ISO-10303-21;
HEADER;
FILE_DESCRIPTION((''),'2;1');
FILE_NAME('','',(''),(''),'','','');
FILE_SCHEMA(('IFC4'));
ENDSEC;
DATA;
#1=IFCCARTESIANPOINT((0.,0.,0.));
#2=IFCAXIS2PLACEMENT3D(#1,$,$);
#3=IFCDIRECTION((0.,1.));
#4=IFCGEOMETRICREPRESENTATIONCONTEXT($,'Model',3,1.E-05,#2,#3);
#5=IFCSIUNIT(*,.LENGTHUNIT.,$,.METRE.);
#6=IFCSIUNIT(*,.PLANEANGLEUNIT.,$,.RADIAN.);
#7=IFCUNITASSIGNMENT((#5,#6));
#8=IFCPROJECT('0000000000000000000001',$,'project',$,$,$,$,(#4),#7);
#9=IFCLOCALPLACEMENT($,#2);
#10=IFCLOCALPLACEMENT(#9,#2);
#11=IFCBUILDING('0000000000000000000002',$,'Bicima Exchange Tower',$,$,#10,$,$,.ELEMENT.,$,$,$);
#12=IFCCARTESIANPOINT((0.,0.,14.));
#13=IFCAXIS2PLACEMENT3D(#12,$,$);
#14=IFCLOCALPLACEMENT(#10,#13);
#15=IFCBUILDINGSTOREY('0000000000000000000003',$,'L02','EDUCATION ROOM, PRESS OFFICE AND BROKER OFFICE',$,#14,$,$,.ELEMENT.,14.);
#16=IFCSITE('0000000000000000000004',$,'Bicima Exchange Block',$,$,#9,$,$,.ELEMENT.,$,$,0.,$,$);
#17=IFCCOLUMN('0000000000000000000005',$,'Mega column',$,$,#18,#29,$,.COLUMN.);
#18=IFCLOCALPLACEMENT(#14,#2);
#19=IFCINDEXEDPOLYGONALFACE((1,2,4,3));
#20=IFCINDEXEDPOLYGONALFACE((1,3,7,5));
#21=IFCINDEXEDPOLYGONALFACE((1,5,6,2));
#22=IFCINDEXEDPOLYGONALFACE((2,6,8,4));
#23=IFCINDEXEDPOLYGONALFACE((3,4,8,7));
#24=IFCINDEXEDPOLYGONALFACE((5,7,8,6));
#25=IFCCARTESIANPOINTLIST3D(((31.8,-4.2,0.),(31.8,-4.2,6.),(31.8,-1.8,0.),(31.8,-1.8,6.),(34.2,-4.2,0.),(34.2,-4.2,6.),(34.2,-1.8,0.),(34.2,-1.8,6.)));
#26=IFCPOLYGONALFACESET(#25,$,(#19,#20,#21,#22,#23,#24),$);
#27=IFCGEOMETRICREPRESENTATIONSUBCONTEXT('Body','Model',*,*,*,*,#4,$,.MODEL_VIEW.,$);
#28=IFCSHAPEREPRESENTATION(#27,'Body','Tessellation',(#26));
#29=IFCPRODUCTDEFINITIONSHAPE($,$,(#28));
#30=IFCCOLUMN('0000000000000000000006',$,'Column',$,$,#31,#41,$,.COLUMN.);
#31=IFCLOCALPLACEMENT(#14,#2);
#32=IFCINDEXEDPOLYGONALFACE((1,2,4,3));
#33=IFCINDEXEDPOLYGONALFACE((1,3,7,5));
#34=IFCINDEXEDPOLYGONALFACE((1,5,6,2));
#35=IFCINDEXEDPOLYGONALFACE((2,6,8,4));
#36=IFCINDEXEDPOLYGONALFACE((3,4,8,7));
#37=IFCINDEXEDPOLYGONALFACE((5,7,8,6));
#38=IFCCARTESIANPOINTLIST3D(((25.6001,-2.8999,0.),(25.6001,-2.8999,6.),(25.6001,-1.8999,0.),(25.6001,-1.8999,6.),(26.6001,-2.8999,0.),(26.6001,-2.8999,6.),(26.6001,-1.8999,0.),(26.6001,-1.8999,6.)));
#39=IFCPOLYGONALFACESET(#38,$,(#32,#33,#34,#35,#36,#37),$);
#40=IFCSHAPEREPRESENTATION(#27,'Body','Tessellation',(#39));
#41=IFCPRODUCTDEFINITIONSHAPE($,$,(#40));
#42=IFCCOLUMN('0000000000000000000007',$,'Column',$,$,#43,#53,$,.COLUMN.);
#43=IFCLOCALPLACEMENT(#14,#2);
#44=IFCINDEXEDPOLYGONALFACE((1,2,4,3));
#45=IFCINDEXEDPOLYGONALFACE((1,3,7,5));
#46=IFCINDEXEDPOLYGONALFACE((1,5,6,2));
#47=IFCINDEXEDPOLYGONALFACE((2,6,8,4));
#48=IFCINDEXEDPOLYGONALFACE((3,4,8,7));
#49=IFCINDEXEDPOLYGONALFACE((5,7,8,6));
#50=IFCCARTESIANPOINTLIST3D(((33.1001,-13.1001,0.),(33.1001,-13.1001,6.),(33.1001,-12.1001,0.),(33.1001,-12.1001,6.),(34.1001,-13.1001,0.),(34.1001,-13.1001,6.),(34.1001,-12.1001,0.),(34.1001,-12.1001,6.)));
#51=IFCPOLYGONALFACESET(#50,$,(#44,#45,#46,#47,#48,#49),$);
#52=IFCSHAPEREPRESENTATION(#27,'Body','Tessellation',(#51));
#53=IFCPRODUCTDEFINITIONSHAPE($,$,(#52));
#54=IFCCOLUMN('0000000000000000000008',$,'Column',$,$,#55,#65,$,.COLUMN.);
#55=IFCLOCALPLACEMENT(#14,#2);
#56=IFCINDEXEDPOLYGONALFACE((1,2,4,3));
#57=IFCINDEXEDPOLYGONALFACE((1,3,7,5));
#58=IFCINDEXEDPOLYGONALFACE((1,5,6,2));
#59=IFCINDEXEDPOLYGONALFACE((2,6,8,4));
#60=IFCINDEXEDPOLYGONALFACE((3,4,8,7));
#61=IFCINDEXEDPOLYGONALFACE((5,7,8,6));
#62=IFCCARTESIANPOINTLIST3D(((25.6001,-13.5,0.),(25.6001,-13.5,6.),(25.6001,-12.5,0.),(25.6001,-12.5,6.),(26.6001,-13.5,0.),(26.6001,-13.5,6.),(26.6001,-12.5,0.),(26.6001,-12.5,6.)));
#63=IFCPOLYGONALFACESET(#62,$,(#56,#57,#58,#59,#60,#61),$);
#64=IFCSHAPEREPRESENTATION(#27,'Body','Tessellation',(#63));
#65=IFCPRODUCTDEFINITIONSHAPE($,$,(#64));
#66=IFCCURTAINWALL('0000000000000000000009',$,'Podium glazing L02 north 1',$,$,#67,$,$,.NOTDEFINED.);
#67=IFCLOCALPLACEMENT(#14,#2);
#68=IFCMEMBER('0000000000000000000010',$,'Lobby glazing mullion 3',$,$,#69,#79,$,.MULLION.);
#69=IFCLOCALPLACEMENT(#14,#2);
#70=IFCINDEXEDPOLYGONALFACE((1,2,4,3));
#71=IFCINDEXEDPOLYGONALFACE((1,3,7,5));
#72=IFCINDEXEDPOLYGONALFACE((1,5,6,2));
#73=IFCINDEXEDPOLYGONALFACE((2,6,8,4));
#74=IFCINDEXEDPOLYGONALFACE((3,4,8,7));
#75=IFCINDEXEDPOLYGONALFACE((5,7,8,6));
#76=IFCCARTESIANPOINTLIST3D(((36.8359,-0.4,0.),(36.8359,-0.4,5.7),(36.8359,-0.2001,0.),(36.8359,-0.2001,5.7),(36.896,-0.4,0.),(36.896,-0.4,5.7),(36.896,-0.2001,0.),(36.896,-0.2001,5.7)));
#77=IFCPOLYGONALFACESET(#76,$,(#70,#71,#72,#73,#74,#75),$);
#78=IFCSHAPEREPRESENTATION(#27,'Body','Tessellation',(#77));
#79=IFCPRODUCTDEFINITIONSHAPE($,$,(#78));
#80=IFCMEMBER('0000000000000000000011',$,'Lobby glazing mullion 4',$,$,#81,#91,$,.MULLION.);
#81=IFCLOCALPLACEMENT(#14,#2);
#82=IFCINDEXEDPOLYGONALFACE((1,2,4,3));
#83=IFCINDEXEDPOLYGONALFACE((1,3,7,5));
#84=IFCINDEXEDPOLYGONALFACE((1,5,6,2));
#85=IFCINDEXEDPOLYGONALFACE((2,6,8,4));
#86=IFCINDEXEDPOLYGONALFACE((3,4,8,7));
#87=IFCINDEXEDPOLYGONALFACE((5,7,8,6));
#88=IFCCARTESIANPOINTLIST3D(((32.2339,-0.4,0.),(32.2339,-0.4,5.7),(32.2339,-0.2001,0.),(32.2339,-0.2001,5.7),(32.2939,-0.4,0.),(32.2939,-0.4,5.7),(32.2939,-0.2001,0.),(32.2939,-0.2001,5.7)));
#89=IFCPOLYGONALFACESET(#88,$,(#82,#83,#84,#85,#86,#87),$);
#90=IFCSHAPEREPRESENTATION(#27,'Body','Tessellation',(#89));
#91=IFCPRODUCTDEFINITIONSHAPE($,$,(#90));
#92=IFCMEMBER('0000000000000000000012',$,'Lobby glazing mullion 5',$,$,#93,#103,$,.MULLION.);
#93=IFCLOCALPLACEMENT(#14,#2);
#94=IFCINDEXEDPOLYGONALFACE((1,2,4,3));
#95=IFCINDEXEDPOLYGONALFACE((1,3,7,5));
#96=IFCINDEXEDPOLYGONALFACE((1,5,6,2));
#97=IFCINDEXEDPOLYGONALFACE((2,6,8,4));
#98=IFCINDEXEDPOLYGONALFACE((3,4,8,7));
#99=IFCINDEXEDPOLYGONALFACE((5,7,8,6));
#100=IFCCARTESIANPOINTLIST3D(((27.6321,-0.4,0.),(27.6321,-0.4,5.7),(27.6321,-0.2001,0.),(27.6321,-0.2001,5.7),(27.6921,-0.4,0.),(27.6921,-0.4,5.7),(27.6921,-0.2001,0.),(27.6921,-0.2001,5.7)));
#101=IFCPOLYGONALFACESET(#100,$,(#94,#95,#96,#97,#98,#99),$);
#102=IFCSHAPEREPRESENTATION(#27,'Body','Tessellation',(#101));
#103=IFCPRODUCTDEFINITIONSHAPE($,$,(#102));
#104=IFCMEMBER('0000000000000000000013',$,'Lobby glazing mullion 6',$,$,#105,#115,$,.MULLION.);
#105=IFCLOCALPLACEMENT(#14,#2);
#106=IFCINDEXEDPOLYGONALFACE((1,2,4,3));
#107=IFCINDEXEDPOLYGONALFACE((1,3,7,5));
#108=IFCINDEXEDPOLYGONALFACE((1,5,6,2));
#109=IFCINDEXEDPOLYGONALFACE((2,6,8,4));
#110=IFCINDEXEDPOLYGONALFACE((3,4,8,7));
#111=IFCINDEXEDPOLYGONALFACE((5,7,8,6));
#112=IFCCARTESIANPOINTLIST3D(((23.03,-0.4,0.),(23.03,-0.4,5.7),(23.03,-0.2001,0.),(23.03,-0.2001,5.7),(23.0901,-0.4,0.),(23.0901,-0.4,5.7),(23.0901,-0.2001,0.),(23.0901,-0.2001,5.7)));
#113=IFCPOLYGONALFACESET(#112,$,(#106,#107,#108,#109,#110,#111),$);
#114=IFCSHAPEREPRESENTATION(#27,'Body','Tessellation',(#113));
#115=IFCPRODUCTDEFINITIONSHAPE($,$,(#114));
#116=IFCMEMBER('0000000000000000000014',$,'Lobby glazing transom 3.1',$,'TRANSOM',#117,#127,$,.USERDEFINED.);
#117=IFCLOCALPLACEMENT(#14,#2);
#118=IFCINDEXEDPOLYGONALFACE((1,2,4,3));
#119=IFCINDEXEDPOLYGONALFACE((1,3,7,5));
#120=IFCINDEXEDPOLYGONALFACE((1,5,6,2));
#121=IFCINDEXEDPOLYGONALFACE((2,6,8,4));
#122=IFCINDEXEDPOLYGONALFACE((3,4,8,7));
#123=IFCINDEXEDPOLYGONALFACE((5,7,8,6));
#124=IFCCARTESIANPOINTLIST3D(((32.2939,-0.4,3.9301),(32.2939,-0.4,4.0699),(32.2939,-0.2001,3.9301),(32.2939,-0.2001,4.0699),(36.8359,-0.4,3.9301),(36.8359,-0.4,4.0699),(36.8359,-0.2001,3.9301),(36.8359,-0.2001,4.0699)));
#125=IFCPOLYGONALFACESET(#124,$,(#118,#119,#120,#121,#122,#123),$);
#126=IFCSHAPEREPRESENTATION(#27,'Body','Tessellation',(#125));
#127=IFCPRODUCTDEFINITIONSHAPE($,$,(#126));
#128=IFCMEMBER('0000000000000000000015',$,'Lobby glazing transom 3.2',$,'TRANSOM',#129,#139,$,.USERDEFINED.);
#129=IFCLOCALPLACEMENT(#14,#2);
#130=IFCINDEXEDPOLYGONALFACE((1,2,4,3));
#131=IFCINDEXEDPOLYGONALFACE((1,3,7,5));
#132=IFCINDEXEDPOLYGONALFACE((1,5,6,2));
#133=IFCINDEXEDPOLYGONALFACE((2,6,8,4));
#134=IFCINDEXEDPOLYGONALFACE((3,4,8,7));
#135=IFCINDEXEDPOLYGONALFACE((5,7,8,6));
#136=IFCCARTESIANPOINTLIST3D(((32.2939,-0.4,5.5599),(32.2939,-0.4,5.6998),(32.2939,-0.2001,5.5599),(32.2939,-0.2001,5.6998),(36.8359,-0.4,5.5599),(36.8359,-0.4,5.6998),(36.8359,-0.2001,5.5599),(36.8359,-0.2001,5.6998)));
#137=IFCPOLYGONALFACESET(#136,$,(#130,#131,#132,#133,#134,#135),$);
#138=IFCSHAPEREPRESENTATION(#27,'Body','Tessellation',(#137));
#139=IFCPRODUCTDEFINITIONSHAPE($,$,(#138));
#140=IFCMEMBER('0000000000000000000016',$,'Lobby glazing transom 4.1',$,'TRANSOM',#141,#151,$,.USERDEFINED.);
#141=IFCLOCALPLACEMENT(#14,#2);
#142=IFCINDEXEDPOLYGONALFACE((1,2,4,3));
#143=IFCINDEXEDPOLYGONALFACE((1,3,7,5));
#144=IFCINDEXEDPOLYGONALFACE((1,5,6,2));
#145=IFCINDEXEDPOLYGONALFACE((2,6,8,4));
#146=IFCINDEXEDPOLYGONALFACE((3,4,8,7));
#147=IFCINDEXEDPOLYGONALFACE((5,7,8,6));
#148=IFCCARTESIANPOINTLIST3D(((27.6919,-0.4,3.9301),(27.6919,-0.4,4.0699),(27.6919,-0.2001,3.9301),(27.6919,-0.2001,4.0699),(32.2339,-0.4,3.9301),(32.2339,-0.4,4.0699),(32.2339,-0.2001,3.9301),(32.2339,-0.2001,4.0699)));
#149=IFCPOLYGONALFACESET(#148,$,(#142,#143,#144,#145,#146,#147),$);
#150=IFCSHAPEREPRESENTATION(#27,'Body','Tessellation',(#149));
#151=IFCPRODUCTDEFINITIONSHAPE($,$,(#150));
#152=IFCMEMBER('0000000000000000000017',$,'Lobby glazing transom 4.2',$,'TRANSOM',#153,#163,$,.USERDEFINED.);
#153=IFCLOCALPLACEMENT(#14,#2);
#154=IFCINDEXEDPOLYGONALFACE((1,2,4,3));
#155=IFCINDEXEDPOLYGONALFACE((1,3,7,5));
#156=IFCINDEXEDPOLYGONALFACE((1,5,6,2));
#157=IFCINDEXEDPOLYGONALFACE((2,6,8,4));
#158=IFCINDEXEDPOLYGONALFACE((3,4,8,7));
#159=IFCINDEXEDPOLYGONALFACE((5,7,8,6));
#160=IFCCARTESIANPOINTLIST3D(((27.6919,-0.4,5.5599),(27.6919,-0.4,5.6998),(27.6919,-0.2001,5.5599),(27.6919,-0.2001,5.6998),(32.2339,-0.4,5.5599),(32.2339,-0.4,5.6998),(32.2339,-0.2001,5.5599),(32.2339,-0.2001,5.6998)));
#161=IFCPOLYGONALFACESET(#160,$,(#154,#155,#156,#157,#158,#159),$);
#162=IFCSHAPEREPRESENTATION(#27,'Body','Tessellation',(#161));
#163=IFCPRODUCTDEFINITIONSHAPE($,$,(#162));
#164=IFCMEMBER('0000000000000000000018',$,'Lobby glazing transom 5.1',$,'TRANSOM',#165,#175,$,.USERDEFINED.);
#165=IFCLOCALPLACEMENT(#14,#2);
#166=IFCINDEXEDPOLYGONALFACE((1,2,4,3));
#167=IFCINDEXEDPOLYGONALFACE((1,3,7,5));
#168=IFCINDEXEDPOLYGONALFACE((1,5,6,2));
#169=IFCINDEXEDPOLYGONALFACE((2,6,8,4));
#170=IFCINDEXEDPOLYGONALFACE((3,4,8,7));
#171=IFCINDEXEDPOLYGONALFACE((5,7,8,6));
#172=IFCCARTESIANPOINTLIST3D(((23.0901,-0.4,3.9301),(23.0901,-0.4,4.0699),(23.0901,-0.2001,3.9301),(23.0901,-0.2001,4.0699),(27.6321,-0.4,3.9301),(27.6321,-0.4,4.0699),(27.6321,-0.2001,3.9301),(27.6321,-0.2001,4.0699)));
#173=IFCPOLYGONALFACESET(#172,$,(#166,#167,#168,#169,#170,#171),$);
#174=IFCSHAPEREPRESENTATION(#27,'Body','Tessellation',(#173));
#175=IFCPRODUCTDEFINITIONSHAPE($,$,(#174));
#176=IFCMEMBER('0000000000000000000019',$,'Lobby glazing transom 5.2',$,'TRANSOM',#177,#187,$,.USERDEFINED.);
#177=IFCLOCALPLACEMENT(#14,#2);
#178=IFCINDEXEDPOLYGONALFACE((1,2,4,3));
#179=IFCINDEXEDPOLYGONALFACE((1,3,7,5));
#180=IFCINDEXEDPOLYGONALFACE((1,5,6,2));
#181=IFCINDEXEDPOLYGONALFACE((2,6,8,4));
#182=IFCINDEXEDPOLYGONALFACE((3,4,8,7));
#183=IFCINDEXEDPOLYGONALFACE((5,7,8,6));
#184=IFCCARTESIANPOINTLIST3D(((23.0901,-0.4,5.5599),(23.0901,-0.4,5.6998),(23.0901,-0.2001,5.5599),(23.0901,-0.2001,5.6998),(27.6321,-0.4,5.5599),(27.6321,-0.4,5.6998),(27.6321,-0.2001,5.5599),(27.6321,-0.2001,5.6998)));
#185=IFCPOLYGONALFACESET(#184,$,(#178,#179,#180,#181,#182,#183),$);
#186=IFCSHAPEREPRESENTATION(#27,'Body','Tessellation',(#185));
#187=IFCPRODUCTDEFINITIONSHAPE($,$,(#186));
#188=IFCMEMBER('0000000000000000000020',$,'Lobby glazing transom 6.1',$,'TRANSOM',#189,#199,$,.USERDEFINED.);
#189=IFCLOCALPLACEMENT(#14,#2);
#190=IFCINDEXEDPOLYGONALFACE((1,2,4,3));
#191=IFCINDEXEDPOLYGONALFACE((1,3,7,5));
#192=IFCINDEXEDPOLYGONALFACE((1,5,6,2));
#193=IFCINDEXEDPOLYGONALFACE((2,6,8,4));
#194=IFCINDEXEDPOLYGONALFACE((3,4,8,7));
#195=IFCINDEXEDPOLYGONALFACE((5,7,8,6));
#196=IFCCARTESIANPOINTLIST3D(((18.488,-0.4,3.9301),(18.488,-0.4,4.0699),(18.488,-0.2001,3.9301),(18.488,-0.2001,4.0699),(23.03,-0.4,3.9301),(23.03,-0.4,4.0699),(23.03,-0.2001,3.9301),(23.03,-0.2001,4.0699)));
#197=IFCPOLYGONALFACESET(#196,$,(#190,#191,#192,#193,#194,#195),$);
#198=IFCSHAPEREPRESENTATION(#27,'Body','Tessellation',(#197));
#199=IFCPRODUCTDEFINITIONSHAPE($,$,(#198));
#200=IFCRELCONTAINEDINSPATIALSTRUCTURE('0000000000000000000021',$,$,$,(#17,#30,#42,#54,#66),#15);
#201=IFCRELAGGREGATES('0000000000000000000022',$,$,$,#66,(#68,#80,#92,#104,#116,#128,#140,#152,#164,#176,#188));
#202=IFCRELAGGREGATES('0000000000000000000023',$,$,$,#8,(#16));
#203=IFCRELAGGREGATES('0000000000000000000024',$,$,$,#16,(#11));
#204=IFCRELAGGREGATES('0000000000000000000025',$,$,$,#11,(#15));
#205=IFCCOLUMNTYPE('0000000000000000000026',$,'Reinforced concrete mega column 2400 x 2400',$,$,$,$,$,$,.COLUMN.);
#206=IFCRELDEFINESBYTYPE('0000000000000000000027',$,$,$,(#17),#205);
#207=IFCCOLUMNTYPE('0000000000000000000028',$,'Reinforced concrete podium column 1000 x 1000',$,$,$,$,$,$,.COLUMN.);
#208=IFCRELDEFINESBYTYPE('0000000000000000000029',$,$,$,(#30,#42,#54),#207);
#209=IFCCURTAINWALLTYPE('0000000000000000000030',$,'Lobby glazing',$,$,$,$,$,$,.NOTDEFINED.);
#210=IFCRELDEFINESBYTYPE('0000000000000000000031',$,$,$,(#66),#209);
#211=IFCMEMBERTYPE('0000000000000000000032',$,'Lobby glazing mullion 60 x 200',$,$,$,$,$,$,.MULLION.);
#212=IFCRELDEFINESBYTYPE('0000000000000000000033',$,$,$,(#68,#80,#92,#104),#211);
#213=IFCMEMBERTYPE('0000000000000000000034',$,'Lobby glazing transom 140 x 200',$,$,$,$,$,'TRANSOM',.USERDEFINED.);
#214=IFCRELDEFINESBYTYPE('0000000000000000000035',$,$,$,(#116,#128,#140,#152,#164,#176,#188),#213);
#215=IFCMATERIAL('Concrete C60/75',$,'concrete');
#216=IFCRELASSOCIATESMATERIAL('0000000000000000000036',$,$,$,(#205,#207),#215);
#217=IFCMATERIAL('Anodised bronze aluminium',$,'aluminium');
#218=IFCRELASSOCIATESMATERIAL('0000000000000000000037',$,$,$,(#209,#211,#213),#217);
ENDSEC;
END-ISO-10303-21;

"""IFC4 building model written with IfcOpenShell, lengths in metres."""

from ifc_helpers import new_model, si_unit, direction, frame, origin, origin_2d, place, context, subcontext, project, spatial, rectangle, extrude, material, material_profile, profile_set, type_object, element, aggregate, save


model = new_model("IFC4")

# Units and contexts
model_context = context("Model", 3, precision=1e-05, world=origin(), true_north=direction((0.0, 1.0)))
body_context = subcontext(model_context, "Body", "Model", "MODEL_VIEW")
ifc_project = project(units=[si_unit("LENGTHUNIT", "METRE"), si_unit("PLANEANGLEUNIT", "RADIAN")], contexts=[model_context])

# Site, building, storey
site_placement = place(None, origin())
site = spatial("IfcSite", under=ifc_project, at=site_placement, Name="Bicima Exchange Block", CompositionType="ELEMENT", RefElevation=0.0)
building_placement = place(site_placement, origin())
building = spatial("IfcBuilding", under=site, at=building_placement, Name="Bicima Exchange Tower", CompositionType="ELEMENT")
storey_placement = place(building_placement, frame((0.0, 0.0, 14.0)))
storey = spatial("IfcBuildingStorey", under=building, at=storey_placement, Name="L02", Description="EDUCATION ROOM, PRESS OFFICE AND BROKER OFFICE", CompositionType="ELEMENT", Elevation=14.0)

# Columns
ifc_material_1 = material(Name="Concrete C60/75", Category="concrete")
ifc_material_profile_1 = material_profile(ifc_material_1, rectangle(XDim=2.3999, YDim=2.3999, at=origin_2d()))
ifc_profile_set_1 = profile_set([ifc_material_profile_1], Name="Concrete C60/75")
column_type_1 = type_object("IfcColumnType", Name="Reinforced concrete mega column 2400 x 2400", PredefinedType="COLUMN", material=ifc_profile_set_1)
column_placement = place(storey_placement, frame((33.0, -3.0, 0.0), z_axis=(0.0, 0.0, 1.0), x_axis=(1.0, 0.0, 0.0)))
element("IfcColumn", 1, at=column_placement, inside=storey, type_object=column_type_1, Name="Mega column", PredefinedType="COLUMN", context=body_context, shape_type="SweptSolid", body=[
    extrude(rectangle(XDim=2.3999, YDim=2.3999, at=origin_2d()), origin(), (0.0, 0.0, 1.0), 6.0),
])
ifc_material_profile_2 = material_profile(ifc_material_1, rectangle(XDim=1.0, YDim=1.0, at=origin_2d()))
ifc_profile_set_2 = profile_set([ifc_material_profile_2], Name="Concrete C60/75")
column_type_2 = type_object("IfcColumnType", Name="Reinforced concrete podium column 1000 x 1000", PredefinedType="COLUMN", material=ifc_profile_set_2)
for number, where, z_axis, x_axis, name in (
    (2, (26.1001, -2.3999, 0.0), (0.0, 0.0, 1.0), (1.0, 0.0, 0.0), "Column"),
    (3, (33.6001, -12.6001, 0.0), (0.0, 0.0, 1.0), (1.0, 0.0, 0.0), "Column"),
    (4, (26.1001, -13.0, 0.0), (0.0, 0.0, 1.0), (1.0, 0.0, 0.0), "Column"),
):
    element("IfcColumn", number, at=place(storey_placement, frame(where, z_axis=z_axis, x_axis=x_axis)), inside=storey, type_object=column_type_2, Name=name, PredefinedType="COLUMN", context=body_context, shape_type="SweptSolid", body=[
        extrude(rectangle(XDim=1.0, YDim=1.0, at=origin_2d()), origin(), (0.0, 0.0, 1.0), 6.0),
    ])

# Curtain wall, members
ifc_material_2 = material(Name="Anodised bronze aluminium", Category="aluminium")
curtain_wall_type = type_object("IfcCurtainWallType", Name="Lobby glazing", PredefinedType="NOTDEFINED", material=ifc_material_2)
curtain_wall_placement = place(storey_placement, origin())
curtain_wall = element("IfcCurtainWall", 5, at=curtain_wall_placement, inside=storey, type_object=curtain_wall_type, Name="Podium glazing L02 north 1", PredefinedType="NOTDEFINED")
ifc_material_profile_3 = material_profile(ifc_material_2, rectangle(XDim=0.2, YDim=0.0601, at=origin_2d()))
ifc_profile_set_3 = profile_set([ifc_material_profile_3], Name="Anodised bronze aluminium")
member_type_1 = type_object("IfcMemberType", Name="Lobby glazing mullion 60 x 200", PredefinedType="MULLION", material=ifc_profile_set_3)
member_1_placement = place(storey_placement, frame((36.866, -0.3, 0.0), z_axis=(0.0, 0.0, 1.0), x_axis=(0.0, -1.0, 0.0)))
member_1 = element("IfcMember", 6, at=member_1_placement, type_object=member_type_1, Name="Lobby glazing mullion 3", PredefinedType="MULLION", context=body_context, shape_type="SweptSolid", body=[
    extrude(rectangle(XDim=0.2, YDim=0.0601, at=origin_2d()), origin(), (0.0, 0.0, 1.0), 5.7),
])
member_2_placement = place(storey_placement, frame((32.2639, -0.3, 0.0), z_axis=(0.0, 0.0, 1.0), x_axis=(0.0, -1.0, 0.0)))
member_2 = element("IfcMember", 7, at=member_2_placement, type_object=member_type_1, Name="Lobby glazing mullion 4", PredefinedType="MULLION", context=body_context, shape_type="SweptSolid", body=[
    extrude(rectangle(XDim=0.2, YDim=0.0601, at=origin_2d()), origin(), (0.0, 0.0, 1.0), 5.7),
])
member_3_placement = place(storey_placement, frame((27.6621, -0.3, 0.0), z_axis=(0.0, 0.0, 1.0), x_axis=(0.0, -1.0, 0.0)))
member_3 = element("IfcMember", 8, at=member_3_placement, type_object=member_type_1, Name="Lobby glazing mullion 5", PredefinedType="MULLION", context=body_context, shape_type="SweptSolid", body=[
    extrude(rectangle(XDim=0.2, YDim=0.0601, at=origin_2d()), origin(), (0.0, 0.0, 1.0), 5.7),
])
member_4_placement = place(storey_placement, frame((23.0601, -0.3, 0.0), z_axis=(0.0, 0.0, 1.0), x_axis=(0.0, -1.0, 0.0)))
member_4 = element("IfcMember", 9, at=member_4_placement, type_object=member_type_1, Name="Lobby glazing mullion 6", PredefinedType="MULLION", context=body_context, shape_type="SweptSolid", body=[
    extrude(rectangle(XDim=0.2, YDim=0.0601, at=origin_2d()), origin(), (0.0, 0.0, 1.0), 5.7),
])
ifc_material_profile_4 = material_profile(ifc_material_2, rectangle(XDim=0.2, YDim=0.1399, at=origin_2d()))
ifc_profile_set_4 = profile_set([ifc_material_profile_4], Name="Anodised bronze aluminium")
member_type_2 = type_object("IfcMemberType", Name="Lobby glazing transom 140 x 200", ElementType="TRANSOM", PredefinedType="USERDEFINED", material=ifc_profile_set_4)
member_5_placement = place(storey_placement, frame((36.8359, -0.3, 4.0), z_axis=(-1.0, 0.0, 0.0), x_axis=(0.0, -1.0, 0.0)))
member_5 = element("IfcMember", 10, at=member_5_placement, type_object=member_type_2, Name="Lobby glazing transom 3.1", ObjectType="TRANSOM", PredefinedType="USERDEFINED", context=body_context, shape_type="SweptSolid", body=[
    extrude(rectangle(XDim=0.2, YDim=0.1399, at=origin_2d()), origin(), (0.0, 0.0, 1.0), 4.542),
])
member_6_placement = place(storey_placement, frame((36.8359, -0.3, 5.6299), z_axis=(-1.0, 0.0, 0.0), x_axis=(0.0, -1.0, 0.0)))
member_6 = element("IfcMember", 11, at=member_6_placement, type_object=member_type_2, Name="Lobby glazing transom 3.2", ObjectType="TRANSOM", PredefinedType="USERDEFINED", context=body_context, shape_type="SweptSolid", body=[
    extrude(rectangle(XDim=0.2, YDim=0.1399, at=origin_2d()), origin(), (0.0, 0.0, 1.0), 4.542),
])
member_7_placement = place(storey_placement, frame((32.2339, -0.3, 4.0), z_axis=(-1.0, 0.0, 0.0), x_axis=(0.0, -1.0, 0.0)))
member_7 = element("IfcMember", 12, at=member_7_placement, type_object=member_type_2, Name="Lobby glazing transom 4.1", ObjectType="TRANSOM", PredefinedType="USERDEFINED", context=body_context, shape_type="SweptSolid", body=[
    extrude(rectangle(XDim=0.2, YDim=0.1399, at=origin_2d()), origin(), (0.0, 0.0, 1.0), 4.542),
])
member_8_placement = place(storey_placement, frame((32.2339, -0.3, 5.6299), z_axis=(-1.0, 0.0, 0.0), x_axis=(0.0, -1.0, 0.0)))
member_8 = element("IfcMember", 13, at=member_8_placement, type_object=member_type_2, Name="Lobby glazing transom 4.2", ObjectType="TRANSOM", PredefinedType="USERDEFINED", context=body_context, shape_type="SweptSolid", body=[
    extrude(rectangle(XDim=0.2, YDim=0.1399, at=origin_2d()), origin(), (0.0, 0.0, 1.0), 4.542),
])
member_9_placement = place(storey_placement, frame((27.6321, -0.3, 4.0), z_axis=(-1.0, 0.0, 0.0), x_axis=(0.0, -1.0, 0.0)))
member_9 = element("IfcMember", 14, at=member_9_placement, type_object=member_type_2, Name="Lobby glazing transom 5.1", ObjectType="TRANSOM", PredefinedType="USERDEFINED", context=body_context, shape_type="SweptSolid", body=[
    extrude(rectangle(XDim=0.2, YDim=0.1399, at=origin_2d()), origin(), (0.0, 0.0, 1.0), 4.542),
])
member_10_placement = place(storey_placement, frame((27.6321, -0.3, 5.6299), z_axis=(-1.0, 0.0, 0.0), x_axis=(0.0, -1.0, 0.0)))
member_10 = element("IfcMember", 15, at=member_10_placement, type_object=member_type_2, Name="Lobby glazing transom 5.2", ObjectType="TRANSOM", PredefinedType="USERDEFINED", context=body_context, shape_type="SweptSolid", body=[
    extrude(rectangle(XDim=0.2, YDim=0.1399, at=origin_2d()), origin(), (0.0, 0.0, 1.0), 4.542),
])
member_11_placement = place(storey_placement, frame((23.03, -0.3, 4.0), z_axis=(-1.0, 0.0, 0.0), x_axis=(0.0, -1.0, 0.0)))
member_11 = element("IfcMember", 16, at=member_11_placement, type_object=member_type_2, Name="Lobby glazing transom 6.1", ObjectType="TRANSOM", PredefinedType="USERDEFINED", context=body_context, shape_type="SweptSolid", body=[
    extrude(rectangle(XDim=0.2, YDim=0.1399, at=origin_2d()), origin(), (0.0, 0.0, 1.0), 4.542),
])
aggregate(curtain_wall, [member_1, member_2, member_3, member_4, member_5, member_6, member_7, member_8, member_9, member_10, member_11])

save(model, "model.ifc")
